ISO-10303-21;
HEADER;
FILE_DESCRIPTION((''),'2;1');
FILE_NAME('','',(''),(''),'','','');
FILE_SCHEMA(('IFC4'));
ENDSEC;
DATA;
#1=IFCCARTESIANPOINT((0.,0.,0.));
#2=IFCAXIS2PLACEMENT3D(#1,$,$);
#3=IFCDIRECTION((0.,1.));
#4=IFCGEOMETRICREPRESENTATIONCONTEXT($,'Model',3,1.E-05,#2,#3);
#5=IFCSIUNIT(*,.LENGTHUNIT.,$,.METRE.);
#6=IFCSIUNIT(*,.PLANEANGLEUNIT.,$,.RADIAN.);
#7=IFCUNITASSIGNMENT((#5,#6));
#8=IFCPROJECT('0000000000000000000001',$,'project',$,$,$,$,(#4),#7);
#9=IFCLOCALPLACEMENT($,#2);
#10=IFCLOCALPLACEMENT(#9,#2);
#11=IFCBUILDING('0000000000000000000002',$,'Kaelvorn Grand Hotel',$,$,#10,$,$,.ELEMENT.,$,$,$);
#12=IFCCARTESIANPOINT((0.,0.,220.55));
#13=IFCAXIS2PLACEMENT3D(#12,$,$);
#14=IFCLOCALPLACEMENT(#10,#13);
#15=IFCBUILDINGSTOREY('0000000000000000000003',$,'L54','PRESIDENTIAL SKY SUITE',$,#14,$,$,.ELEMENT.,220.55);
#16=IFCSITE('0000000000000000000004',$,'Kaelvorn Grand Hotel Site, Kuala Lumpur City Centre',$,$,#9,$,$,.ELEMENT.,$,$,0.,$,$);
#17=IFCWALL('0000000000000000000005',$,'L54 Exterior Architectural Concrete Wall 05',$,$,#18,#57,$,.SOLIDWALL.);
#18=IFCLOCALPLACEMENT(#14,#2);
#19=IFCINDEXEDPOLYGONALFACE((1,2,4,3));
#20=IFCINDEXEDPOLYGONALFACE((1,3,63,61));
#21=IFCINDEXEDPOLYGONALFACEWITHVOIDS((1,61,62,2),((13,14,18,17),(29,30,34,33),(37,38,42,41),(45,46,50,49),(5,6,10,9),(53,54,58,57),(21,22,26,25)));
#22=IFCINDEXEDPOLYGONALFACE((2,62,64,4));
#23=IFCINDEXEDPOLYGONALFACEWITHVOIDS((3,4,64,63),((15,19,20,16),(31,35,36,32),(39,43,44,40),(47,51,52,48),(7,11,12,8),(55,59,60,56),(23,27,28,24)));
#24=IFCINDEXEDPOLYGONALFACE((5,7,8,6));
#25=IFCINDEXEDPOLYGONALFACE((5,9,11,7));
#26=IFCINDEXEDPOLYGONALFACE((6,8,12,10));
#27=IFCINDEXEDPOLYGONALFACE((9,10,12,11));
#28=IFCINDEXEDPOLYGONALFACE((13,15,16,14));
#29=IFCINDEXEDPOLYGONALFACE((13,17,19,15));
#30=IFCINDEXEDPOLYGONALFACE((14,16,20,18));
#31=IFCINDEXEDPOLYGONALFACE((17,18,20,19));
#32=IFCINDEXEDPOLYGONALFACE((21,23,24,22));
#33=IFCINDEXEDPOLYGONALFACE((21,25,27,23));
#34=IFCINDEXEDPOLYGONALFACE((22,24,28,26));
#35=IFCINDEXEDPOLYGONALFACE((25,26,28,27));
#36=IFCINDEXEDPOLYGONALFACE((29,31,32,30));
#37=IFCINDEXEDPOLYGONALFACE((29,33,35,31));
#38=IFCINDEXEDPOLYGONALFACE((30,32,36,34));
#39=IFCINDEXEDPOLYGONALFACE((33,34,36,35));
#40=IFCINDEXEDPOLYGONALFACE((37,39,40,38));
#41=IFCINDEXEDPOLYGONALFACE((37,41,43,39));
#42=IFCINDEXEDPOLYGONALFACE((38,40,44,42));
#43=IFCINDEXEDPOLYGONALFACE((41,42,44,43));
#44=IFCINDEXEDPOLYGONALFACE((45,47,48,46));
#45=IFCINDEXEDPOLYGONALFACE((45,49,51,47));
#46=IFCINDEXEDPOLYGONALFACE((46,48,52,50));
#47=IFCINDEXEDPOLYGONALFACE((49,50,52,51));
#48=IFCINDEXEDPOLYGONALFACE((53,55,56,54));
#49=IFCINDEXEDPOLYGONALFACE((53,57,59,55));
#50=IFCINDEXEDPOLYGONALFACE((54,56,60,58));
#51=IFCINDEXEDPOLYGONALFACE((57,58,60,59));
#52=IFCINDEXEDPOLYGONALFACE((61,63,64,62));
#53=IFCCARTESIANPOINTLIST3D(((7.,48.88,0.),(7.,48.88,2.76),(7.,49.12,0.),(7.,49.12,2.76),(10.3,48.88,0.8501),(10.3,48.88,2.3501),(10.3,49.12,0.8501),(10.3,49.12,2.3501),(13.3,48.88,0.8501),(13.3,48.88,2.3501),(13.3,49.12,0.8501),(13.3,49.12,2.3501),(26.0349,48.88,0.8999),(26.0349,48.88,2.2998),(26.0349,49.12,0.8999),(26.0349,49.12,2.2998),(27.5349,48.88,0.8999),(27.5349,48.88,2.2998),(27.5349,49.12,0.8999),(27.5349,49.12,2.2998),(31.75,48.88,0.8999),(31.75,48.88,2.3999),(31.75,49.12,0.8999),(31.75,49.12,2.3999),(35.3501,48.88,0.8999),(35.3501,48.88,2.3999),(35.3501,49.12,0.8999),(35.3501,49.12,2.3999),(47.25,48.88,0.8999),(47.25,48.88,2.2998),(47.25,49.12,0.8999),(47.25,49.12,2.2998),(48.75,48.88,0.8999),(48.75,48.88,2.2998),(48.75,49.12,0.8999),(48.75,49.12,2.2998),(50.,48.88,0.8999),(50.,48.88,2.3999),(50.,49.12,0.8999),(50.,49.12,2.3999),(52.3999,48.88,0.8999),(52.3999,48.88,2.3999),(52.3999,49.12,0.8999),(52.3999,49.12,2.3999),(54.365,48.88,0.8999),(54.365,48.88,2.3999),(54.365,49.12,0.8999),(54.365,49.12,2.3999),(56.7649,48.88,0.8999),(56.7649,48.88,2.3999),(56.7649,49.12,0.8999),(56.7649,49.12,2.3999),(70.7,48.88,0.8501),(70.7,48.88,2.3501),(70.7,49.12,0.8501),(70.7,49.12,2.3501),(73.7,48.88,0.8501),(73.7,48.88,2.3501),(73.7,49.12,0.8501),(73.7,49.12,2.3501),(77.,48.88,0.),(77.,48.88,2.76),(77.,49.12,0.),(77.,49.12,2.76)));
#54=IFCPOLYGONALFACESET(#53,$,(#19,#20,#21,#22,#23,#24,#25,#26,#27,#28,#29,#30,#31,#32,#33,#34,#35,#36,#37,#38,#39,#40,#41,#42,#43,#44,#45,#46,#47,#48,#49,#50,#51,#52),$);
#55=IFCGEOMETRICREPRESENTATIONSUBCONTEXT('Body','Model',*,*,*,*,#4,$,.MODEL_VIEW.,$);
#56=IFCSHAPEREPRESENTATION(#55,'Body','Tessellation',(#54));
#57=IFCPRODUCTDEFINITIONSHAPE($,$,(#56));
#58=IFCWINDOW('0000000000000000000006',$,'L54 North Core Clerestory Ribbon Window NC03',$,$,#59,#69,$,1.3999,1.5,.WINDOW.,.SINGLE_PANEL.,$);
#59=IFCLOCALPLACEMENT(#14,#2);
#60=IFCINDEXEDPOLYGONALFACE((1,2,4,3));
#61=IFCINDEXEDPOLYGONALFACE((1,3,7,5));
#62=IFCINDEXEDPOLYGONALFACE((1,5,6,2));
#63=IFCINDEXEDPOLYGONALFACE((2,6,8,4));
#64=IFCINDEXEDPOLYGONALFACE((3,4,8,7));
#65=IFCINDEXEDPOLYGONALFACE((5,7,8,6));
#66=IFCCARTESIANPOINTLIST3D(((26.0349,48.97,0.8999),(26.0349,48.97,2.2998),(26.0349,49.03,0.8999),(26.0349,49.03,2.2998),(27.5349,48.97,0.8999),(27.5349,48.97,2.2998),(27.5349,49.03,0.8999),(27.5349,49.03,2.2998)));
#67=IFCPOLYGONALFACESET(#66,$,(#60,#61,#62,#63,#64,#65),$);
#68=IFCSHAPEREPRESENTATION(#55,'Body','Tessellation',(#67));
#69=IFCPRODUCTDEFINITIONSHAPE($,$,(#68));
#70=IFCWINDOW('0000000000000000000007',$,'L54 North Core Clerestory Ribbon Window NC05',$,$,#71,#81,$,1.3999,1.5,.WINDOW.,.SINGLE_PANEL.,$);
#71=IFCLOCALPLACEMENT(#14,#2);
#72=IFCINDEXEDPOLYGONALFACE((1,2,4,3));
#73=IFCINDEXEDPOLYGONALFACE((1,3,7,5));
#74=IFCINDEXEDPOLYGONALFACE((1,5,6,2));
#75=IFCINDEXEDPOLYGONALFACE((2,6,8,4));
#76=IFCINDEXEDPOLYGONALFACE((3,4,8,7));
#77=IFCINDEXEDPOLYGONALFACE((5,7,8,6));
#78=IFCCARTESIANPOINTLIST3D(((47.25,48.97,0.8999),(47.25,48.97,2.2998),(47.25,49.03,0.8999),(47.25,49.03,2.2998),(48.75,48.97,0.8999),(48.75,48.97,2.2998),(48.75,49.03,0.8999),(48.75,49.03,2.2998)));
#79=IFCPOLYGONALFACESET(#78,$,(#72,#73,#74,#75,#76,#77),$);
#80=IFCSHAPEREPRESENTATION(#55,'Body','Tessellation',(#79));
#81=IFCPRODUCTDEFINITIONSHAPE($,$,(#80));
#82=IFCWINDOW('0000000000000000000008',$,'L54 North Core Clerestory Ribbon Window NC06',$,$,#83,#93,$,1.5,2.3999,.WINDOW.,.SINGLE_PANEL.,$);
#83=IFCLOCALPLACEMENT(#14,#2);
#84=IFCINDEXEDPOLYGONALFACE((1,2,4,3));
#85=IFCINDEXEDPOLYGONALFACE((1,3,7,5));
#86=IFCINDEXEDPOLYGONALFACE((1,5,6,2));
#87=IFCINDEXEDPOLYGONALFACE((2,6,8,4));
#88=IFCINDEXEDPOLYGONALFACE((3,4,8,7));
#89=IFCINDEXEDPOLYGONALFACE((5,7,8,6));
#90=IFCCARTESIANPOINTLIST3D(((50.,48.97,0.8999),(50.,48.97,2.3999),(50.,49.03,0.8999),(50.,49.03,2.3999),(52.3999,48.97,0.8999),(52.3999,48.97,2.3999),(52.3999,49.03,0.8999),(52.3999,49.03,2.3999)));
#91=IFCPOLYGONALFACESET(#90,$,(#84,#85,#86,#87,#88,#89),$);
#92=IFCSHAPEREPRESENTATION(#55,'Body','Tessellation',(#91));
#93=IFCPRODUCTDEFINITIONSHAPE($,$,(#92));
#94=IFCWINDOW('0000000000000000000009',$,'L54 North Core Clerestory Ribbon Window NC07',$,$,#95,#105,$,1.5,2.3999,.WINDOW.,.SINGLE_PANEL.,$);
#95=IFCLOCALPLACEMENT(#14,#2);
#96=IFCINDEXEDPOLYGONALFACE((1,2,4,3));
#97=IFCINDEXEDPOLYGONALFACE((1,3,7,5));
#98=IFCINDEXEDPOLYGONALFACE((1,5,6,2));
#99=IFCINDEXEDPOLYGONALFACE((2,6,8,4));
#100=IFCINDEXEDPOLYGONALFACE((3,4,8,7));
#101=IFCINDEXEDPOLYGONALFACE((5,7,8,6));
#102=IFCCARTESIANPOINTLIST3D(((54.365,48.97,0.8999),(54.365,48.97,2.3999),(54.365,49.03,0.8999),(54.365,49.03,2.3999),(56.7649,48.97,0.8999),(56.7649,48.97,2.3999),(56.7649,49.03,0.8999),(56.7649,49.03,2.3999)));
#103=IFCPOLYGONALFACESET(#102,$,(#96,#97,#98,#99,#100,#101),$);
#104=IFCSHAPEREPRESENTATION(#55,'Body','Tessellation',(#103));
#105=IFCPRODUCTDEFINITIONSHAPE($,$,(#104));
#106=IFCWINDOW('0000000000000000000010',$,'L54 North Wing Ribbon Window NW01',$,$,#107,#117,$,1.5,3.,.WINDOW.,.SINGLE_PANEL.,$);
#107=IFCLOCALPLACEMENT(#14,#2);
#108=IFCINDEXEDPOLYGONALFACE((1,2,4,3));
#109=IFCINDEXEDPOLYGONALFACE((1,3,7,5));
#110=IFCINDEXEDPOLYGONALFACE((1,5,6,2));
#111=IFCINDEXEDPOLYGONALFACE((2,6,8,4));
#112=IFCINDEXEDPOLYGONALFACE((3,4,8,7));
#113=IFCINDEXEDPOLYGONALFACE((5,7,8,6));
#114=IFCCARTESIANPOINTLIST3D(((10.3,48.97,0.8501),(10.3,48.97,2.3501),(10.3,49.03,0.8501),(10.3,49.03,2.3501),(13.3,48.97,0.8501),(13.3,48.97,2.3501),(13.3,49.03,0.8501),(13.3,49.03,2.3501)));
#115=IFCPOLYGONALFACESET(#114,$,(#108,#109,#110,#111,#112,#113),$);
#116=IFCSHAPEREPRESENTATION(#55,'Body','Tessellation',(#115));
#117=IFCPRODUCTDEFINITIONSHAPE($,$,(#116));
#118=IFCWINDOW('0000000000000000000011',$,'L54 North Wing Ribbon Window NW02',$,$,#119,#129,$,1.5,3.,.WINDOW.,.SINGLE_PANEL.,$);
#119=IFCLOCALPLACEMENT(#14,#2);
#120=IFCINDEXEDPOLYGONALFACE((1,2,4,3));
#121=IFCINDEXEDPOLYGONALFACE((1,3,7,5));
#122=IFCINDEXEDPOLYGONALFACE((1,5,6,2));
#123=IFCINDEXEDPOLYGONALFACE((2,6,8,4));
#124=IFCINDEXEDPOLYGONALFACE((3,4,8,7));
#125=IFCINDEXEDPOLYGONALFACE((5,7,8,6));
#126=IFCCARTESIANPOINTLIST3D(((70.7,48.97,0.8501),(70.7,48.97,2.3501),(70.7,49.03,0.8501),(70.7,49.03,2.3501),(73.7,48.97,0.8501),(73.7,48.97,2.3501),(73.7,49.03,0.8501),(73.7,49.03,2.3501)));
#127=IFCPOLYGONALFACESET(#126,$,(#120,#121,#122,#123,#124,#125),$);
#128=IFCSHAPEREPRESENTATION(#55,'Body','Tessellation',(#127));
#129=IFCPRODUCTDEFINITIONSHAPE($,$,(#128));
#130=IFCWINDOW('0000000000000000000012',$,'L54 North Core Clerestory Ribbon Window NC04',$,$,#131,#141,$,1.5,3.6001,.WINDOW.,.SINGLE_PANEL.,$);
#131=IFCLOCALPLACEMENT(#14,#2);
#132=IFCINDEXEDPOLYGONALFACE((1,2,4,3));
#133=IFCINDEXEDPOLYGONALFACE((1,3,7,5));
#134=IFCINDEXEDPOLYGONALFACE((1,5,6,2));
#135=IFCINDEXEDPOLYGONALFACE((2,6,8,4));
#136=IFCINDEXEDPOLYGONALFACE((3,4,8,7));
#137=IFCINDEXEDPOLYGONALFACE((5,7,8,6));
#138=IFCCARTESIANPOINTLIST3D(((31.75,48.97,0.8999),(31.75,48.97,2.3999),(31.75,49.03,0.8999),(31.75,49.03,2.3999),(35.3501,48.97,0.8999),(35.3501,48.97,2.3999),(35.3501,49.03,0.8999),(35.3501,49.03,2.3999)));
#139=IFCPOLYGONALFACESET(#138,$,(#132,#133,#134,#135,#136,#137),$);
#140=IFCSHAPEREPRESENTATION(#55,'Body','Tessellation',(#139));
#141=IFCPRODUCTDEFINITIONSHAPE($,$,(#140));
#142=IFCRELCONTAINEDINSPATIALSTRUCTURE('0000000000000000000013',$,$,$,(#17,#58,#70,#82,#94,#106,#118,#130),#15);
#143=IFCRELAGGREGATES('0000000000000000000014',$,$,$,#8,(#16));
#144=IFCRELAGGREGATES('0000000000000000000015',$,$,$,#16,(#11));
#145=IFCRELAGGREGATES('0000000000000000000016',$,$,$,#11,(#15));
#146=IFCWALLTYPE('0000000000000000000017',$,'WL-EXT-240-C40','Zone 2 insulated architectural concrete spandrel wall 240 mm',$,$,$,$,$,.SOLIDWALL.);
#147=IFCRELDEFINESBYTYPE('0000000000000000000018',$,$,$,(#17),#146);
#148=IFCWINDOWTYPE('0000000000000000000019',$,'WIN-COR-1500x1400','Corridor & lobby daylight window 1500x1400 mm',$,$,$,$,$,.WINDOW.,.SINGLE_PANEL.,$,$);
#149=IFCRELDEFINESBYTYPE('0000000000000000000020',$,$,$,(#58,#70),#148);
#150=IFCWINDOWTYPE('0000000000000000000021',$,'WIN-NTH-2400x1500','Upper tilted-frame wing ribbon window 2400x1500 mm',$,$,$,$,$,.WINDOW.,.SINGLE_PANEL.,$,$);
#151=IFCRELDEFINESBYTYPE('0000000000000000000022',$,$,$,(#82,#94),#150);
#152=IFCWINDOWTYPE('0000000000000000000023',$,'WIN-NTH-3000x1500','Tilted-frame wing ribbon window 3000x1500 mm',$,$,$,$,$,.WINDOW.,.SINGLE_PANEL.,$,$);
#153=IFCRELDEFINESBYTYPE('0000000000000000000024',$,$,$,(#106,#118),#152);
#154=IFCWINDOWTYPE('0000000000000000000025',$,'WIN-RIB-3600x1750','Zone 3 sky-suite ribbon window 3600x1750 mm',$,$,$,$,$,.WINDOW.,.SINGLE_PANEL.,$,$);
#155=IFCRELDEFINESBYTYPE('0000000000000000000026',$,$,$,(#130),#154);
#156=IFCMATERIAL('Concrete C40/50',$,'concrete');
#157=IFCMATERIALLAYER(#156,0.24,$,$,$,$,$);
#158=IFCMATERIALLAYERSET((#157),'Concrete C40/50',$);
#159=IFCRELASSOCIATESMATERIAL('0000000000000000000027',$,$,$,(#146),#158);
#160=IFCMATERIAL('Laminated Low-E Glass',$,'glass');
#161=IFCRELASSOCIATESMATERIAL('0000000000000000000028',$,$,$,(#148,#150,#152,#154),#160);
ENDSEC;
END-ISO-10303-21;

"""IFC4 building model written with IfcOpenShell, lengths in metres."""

from ifc_helpers import new_model, si_unit, direction, frame, frame_2d, origin, place, context, subcontext, project, spatial, rectangle, extrude, material, layer, layer_set, type_object, element, fill, save


model = new_model("IFC4")

# Units and contexts
model_context = context("Model", 3, precision=1e-05, world=origin(), true_north=direction((0.0, 1.0)))
body_context = subcontext(model_context, "Body", "Model", "MODEL_VIEW")
ifc_project = project(units=[si_unit("LENGTHUNIT", "METRE"), si_unit("PLANEANGLEUNIT", "RADIAN")], contexts=[model_context])

# Site, building, storey
site_placement = place(None, origin())
site = spatial("IfcSite", under=ifc_project, at=site_placement, Name="Kaelvorn Grand Hotel Site, Kuala Lumpur City Centre", CompositionType="ELEMENT", RefElevation=0.0)
building_placement = place(site_placement, origin())
building = spatial("IfcBuilding", under=site, at=building_placement, Name="Kaelvorn Grand Hotel", CompositionType="ELEMENT")
storey_placement = place(building_placement, frame((0.0, 0.0, 220.55)))
storey = spatial("IfcBuildingStorey", under=building, at=storey_placement, Name="L54", Description="PRESIDENTIAL SKY SUITE", CompositionType="ELEMENT", Elevation=220.55)

# Shared definitions
ifc_material_1 = material(Name="Concrete C40/50", Category="concrete")
ifc_layer_1 = layer(ifc_material_1, 0.24)
ifc_layer_set_1 = layer_set([ifc_layer_1], Name="Concrete C40/50")
wall_type = type_object("IfcWallType", Name="WL-EXT-240-C40", Description="Zone 2 insulated architectural concrete spandrel wall 240 mm", PredefinedType="SOLIDWALL", material=ifc_layer_set_1)
ifc_material_2 = material(Name="Laminated Low-E Glass", Category="glass")

# Wall, openings, windows
wall_1_placement = place(storey_placement, frame((77.0, 49.0, 0.0), z_axis=(0.0, 0.0, 1.0), x_axis=(-1.0, 0.0, 0.0)))
wall_1 = element("IfcWall", 1, at=wall_1_placement, inside=storey, type_object=wall_type, Name="L54 Exterior Architectural Concrete Wall 05", PredefinedType="SOLIDWALL", context=body_context, shape_type="SweptSolid", body=[
    extrude(rectangle(XDim=70.0, YDim=0.24, at=frame_2d((35.0, 0.0))), origin(), (0.0, 0.0, 1.0), 2.76),
])
opening_1_placement = place(wall_1_placement, frame((63.7, 0.0, 0.8501)))
opening_1 = element("IfcOpeningElement", 2, at=opening_1_placement, cuts=wall_1, PredefinedType="OPENING", context=body_context, shape_type="SweptSolid", body=[
    extrude(rectangle(XDim=3.0, YDim=1.5, at=frame_2d((1.5, 0.75))), frame((0.0, 0.1299, 0.0), z_axis=(0.0, -1.0, 0.0), x_axis=(1.0, 0.0, 0.0)), (0.0, 0.0, 1.0), 0.26),
])
opening_2_placement = place(wall_1_placement, frame((3.3, 0.0, 0.8501)))
opening_2 = element("IfcOpeningElement", 3, at=opening_2_placement, cuts=wall_1, PredefinedType="OPENING", context=body_context, shape_type="SweptSolid", body=[
    extrude(rectangle(XDim=3.0, YDim=1.5, at=frame_2d((1.5, 0.75))), frame((0.0, 0.1299, 0.0), z_axis=(0.0, -1.0, 0.0), x_axis=(1.0, 0.0, 0.0)), (0.0, 0.0, 1.0), 0.26),
])
opening_3_placement = place(wall_1_placement, frame((49.4651, 0.0, 0.8999)))
opening_3 = element("IfcOpeningElement", 4, at=opening_3_placement, cuts=wall_1, PredefinedType="OPENING", context=body_context, shape_type="SweptSolid", body=[
    extrude(rectangle(XDim=1.5, YDim=1.3999, at=frame_2d((0.75, 0.7))), frame((0.0, 0.1299, 0.0), z_axis=(0.0, -1.0, 0.0), x_axis=(1.0, 0.0, 0.0)), (0.0, 0.0, 1.0), 0.26),
])
opening_4_placement = place(wall_1_placement, frame((41.6499, 0.0, 0.8999)))
opening_4 = element("IfcOpeningElement", 5, at=opening_4_placement, cuts=wall_1, PredefinedType="OPENING", context=body_context, shape_type="SweptSolid", body=[
    extrude(rectangle(XDim=3.6001, YDim=1.5, at=frame_2d((1.8, 0.75))), frame((0.0, 0.1299, 0.0), z_axis=(0.0, -1.0, 0.0), x_axis=(1.0, 0.0, 0.0)), (0.0, 0.0, 1.0), 0.26),
])
opening_5_placement = place(wall_1_placement, frame((28.25, 0.0, 0.8999)))
opening_5 = element("IfcOpeningElement", 6, at=opening_5_placement, cuts=wall_1, PredefinedType="OPENING", context=body_context, shape_type="SweptSolid", body=[
    extrude(rectangle(XDim=1.5, YDim=1.3999, at=frame_2d((0.75, 0.7))), frame((0.0, 0.1299, 0.0), z_axis=(0.0, -1.0, 0.0), x_axis=(1.0, 0.0, 0.0)), (0.0, 0.0, 1.0), 0.26),
])
opening_6_placement = place(wall_1_placement, frame((24.6001, 0.0, 0.8999)))
opening_6 = element("IfcOpeningElement", 7, at=opening_6_placement, cuts=wall_1, PredefinedType="OPENING", context=body_context, shape_type="SweptSolid", body=[
    extrude(rectangle(XDim=2.3999, YDim=1.5, at=frame_2d((1.2, 0.75))), frame((0.0, 0.1299, 0.0), z_axis=(0.0, -1.0, 0.0), x_axis=(1.0, 0.0, 0.0)), (0.0, 0.0, 1.0), 0.26),
])
opening_7_placement = place(wall_1_placement, frame((20.2351, 0.0, 0.8999)))
opening_7 = element("IfcOpeningElement", 8, at=opening_7_placement, cuts=wall_1, PredefinedType="OPENING", context=body_context, shape_type="SweptSolid", body=[
    extrude(rectangle(XDim=2.3999, YDim=1.5, at=frame_2d((1.2, 0.75))), frame((0.0, 0.1299, 0.0), z_axis=(0.0, -1.0, 0.0), x_axis=(1.0, 0.0, 0.0)), (0.0, 0.0, 1.0), 0.26),
])
window_type_1 = type_object("IfcWindowType", Name="WIN-COR-1500x1400", Description="Corridor & lobby daylight window 1500x1400 mm", PartitioningType="SINGLE_PANEL", PredefinedType="WINDOW", material=ifc_material_2)
window_1_placement = place(opening_3_placement, origin())
window_1 = element("IfcWindow", 9, at=window_1_placement, inside=storey, type_object=window_type_1, Name="L54 North Core Clerestory Ribbon Window NC03", OverallHeight=1.3999, OverallWidth=1.5, PartitioningType="SINGLE_PANEL", PredefinedType="WINDOW", context=body_context, shape_type="SweptSolid", body=[
    extrude(rectangle(XDim=1.5, YDim=1.3999, at=frame_2d((0.75, 0.7))), frame((0.0, 0.03, 0.0), z_axis=(0.0, -1.0, 0.0), x_axis=(1.0, 0.0, 0.0)), (0.0, 0.0, 1.0), 0.0601),
])
fill(opening_3, window_1)
window_2_placement = place(opening_5_placement, origin())
window_2 = element("IfcWindow", 10, at=window_2_placement, inside=storey, type_object=window_type_1, Name="L54 North Core Clerestory Ribbon Window NC05", OverallHeight=1.3999, OverallWidth=1.5, PartitioningType="SINGLE_PANEL", PredefinedType="WINDOW", context=body_context, shape_type="SweptSolid", body=[
    extrude(rectangle(XDim=1.5, YDim=1.3999, at=frame_2d((0.75, 0.7))), frame((0.0, 0.03, 0.0), z_axis=(0.0, -1.0, 0.0), x_axis=(1.0, 0.0, 0.0)), (0.0, 0.0, 1.0), 0.0601),
])
fill(opening_5, window_2)
window_type_2 = type_object("IfcWindowType", Name="WIN-NTH-2400x1500", Description="Upper tilted-frame wing ribbon window 2400x1500 mm", PartitioningType="SINGLE_PANEL", PredefinedType="WINDOW", material=ifc_material_2)
window_3_placement = place(opening_6_placement, origin())
window_3 = element("IfcWindow", 11, at=window_3_placement, inside=storey, type_object=window_type_2, Name="L54 North Core Clerestory Ribbon Window NC06", OverallHeight=1.5, OverallWidth=2.3999, PartitioningType="SINGLE_PANEL", PredefinedType="WINDOW", context=body_context, shape_type="SweptSolid", body=[
    extrude(rectangle(XDim=2.3999, YDim=1.5, at=frame_2d((1.2, 0.75))), frame((0.0, 0.03, 0.0), z_axis=(0.0, -1.0, 0.0), x_axis=(1.0, 0.0, 0.0)), (0.0, 0.0, 1.0), 0.0601),
])
fill(opening_6, window_3)
window_4_placement = place(opening_7_placement, origin())
window_4 = element("IfcWindow", 12, at=window_4_placement, inside=storey, type_object=window_type_2, Name="L54 North Core Clerestory Ribbon Window NC07", OverallHeight=1.5, OverallWidth=2.3999, PartitioningType="SINGLE_PANEL", PredefinedType="WINDOW", context=body_context, shape_type="SweptSolid", body=[
    extrude(rectangle(XDim=2.3999, YDim=1.5, at=frame_2d((1.2, 0.75))), frame((0.0, 0.03, 0.0), z_axis=(0.0, -1.0, 0.0), x_axis=(1.0, 0.0, 0.0)), (0.0, 0.0, 1.0), 0.0601),
])
fill(opening_7, window_4)
window_type_3 = type_object("IfcWindowType", Name="WIN-NTH-3000x1500", Description="Tilted-frame wing ribbon window 3000x1500 mm", PartitioningType="SINGLE_PANEL", PredefinedType="WINDOW", material=ifc_material_2)
window_5_placement = place(opening_1_placement, origin())
window_5 = element("IfcWindow", 13, at=window_5_placement, inside=storey, type_object=window_type_3, Name="L54 North Wing Ribbon Window NW01", OverallHeight=1.5, OverallWidth=3.0, PartitioningType="SINGLE_PANEL", PredefinedType="WINDOW", context=body_context, shape_type="SweptSolid", body=[
    extrude(rectangle(XDim=3.0, YDim=1.5, at=frame_2d((1.5, 0.75))), frame((0.0, 0.03, 0.0), z_axis=(0.0, -1.0, 0.0), x_axis=(1.0, 0.0, 0.0)), (0.0, 0.0, 1.0), 0.0601),
])
fill(opening_1, window_5)
window_6_placement = place(opening_2_placement, origin())
window_6 = element("IfcWindow", 14, at=window_6_placement, inside=storey, type_object=window_type_3, Name="L54 North Wing Ribbon Window NW02", OverallHeight=1.5, OverallWidth=3.0, PartitioningType="SINGLE_PANEL", PredefinedType="WINDOW", context=body_context, shape_type="SweptSolid", body=[
    extrude(rectangle(XDim=3.0, YDim=1.5, at=frame_2d((1.5, 0.75))), frame((0.0, 0.03, 0.0), z_axis=(0.0, -1.0, 0.0), x_axis=(1.0, 0.0, 0.0)), (0.0, 0.0, 1.0), 0.0601),
])
fill(opening_2, window_6)
window_type_4 = type_object("IfcWindowType", Name="WIN-RIB-3600x1750", Description="Zone 3 sky-suite ribbon window 3600x1750 mm", PartitioningType="SINGLE_PANEL", PredefinedType="WINDOW", material=ifc_material_2)
window_7_placement = place(opening_4_placement, origin())
window_7 = element("IfcWindow", 15, at=window_7_placement, inside=storey, type_object=window_type_4, Name="L54 North Core Clerestory Ribbon Window NC04", OverallHeight=1.5, OverallWidth=3.6001, PartitioningType="SINGLE_PANEL", PredefinedType="WINDOW", context=body_context, shape_type="SweptSolid", body=[
    extrude(rectangle(XDim=3.6001, YDim=1.5, at=frame_2d((1.8, 0.75))), frame((0.0, 0.03, 0.0), z_axis=(0.0, -1.0, 0.0), x_axis=(1.0, 0.0, 0.0)), (0.0, 0.0, 1.0), 0.0601),
])
fill(opening_4, window_7)

save(model, "model.ifc")
